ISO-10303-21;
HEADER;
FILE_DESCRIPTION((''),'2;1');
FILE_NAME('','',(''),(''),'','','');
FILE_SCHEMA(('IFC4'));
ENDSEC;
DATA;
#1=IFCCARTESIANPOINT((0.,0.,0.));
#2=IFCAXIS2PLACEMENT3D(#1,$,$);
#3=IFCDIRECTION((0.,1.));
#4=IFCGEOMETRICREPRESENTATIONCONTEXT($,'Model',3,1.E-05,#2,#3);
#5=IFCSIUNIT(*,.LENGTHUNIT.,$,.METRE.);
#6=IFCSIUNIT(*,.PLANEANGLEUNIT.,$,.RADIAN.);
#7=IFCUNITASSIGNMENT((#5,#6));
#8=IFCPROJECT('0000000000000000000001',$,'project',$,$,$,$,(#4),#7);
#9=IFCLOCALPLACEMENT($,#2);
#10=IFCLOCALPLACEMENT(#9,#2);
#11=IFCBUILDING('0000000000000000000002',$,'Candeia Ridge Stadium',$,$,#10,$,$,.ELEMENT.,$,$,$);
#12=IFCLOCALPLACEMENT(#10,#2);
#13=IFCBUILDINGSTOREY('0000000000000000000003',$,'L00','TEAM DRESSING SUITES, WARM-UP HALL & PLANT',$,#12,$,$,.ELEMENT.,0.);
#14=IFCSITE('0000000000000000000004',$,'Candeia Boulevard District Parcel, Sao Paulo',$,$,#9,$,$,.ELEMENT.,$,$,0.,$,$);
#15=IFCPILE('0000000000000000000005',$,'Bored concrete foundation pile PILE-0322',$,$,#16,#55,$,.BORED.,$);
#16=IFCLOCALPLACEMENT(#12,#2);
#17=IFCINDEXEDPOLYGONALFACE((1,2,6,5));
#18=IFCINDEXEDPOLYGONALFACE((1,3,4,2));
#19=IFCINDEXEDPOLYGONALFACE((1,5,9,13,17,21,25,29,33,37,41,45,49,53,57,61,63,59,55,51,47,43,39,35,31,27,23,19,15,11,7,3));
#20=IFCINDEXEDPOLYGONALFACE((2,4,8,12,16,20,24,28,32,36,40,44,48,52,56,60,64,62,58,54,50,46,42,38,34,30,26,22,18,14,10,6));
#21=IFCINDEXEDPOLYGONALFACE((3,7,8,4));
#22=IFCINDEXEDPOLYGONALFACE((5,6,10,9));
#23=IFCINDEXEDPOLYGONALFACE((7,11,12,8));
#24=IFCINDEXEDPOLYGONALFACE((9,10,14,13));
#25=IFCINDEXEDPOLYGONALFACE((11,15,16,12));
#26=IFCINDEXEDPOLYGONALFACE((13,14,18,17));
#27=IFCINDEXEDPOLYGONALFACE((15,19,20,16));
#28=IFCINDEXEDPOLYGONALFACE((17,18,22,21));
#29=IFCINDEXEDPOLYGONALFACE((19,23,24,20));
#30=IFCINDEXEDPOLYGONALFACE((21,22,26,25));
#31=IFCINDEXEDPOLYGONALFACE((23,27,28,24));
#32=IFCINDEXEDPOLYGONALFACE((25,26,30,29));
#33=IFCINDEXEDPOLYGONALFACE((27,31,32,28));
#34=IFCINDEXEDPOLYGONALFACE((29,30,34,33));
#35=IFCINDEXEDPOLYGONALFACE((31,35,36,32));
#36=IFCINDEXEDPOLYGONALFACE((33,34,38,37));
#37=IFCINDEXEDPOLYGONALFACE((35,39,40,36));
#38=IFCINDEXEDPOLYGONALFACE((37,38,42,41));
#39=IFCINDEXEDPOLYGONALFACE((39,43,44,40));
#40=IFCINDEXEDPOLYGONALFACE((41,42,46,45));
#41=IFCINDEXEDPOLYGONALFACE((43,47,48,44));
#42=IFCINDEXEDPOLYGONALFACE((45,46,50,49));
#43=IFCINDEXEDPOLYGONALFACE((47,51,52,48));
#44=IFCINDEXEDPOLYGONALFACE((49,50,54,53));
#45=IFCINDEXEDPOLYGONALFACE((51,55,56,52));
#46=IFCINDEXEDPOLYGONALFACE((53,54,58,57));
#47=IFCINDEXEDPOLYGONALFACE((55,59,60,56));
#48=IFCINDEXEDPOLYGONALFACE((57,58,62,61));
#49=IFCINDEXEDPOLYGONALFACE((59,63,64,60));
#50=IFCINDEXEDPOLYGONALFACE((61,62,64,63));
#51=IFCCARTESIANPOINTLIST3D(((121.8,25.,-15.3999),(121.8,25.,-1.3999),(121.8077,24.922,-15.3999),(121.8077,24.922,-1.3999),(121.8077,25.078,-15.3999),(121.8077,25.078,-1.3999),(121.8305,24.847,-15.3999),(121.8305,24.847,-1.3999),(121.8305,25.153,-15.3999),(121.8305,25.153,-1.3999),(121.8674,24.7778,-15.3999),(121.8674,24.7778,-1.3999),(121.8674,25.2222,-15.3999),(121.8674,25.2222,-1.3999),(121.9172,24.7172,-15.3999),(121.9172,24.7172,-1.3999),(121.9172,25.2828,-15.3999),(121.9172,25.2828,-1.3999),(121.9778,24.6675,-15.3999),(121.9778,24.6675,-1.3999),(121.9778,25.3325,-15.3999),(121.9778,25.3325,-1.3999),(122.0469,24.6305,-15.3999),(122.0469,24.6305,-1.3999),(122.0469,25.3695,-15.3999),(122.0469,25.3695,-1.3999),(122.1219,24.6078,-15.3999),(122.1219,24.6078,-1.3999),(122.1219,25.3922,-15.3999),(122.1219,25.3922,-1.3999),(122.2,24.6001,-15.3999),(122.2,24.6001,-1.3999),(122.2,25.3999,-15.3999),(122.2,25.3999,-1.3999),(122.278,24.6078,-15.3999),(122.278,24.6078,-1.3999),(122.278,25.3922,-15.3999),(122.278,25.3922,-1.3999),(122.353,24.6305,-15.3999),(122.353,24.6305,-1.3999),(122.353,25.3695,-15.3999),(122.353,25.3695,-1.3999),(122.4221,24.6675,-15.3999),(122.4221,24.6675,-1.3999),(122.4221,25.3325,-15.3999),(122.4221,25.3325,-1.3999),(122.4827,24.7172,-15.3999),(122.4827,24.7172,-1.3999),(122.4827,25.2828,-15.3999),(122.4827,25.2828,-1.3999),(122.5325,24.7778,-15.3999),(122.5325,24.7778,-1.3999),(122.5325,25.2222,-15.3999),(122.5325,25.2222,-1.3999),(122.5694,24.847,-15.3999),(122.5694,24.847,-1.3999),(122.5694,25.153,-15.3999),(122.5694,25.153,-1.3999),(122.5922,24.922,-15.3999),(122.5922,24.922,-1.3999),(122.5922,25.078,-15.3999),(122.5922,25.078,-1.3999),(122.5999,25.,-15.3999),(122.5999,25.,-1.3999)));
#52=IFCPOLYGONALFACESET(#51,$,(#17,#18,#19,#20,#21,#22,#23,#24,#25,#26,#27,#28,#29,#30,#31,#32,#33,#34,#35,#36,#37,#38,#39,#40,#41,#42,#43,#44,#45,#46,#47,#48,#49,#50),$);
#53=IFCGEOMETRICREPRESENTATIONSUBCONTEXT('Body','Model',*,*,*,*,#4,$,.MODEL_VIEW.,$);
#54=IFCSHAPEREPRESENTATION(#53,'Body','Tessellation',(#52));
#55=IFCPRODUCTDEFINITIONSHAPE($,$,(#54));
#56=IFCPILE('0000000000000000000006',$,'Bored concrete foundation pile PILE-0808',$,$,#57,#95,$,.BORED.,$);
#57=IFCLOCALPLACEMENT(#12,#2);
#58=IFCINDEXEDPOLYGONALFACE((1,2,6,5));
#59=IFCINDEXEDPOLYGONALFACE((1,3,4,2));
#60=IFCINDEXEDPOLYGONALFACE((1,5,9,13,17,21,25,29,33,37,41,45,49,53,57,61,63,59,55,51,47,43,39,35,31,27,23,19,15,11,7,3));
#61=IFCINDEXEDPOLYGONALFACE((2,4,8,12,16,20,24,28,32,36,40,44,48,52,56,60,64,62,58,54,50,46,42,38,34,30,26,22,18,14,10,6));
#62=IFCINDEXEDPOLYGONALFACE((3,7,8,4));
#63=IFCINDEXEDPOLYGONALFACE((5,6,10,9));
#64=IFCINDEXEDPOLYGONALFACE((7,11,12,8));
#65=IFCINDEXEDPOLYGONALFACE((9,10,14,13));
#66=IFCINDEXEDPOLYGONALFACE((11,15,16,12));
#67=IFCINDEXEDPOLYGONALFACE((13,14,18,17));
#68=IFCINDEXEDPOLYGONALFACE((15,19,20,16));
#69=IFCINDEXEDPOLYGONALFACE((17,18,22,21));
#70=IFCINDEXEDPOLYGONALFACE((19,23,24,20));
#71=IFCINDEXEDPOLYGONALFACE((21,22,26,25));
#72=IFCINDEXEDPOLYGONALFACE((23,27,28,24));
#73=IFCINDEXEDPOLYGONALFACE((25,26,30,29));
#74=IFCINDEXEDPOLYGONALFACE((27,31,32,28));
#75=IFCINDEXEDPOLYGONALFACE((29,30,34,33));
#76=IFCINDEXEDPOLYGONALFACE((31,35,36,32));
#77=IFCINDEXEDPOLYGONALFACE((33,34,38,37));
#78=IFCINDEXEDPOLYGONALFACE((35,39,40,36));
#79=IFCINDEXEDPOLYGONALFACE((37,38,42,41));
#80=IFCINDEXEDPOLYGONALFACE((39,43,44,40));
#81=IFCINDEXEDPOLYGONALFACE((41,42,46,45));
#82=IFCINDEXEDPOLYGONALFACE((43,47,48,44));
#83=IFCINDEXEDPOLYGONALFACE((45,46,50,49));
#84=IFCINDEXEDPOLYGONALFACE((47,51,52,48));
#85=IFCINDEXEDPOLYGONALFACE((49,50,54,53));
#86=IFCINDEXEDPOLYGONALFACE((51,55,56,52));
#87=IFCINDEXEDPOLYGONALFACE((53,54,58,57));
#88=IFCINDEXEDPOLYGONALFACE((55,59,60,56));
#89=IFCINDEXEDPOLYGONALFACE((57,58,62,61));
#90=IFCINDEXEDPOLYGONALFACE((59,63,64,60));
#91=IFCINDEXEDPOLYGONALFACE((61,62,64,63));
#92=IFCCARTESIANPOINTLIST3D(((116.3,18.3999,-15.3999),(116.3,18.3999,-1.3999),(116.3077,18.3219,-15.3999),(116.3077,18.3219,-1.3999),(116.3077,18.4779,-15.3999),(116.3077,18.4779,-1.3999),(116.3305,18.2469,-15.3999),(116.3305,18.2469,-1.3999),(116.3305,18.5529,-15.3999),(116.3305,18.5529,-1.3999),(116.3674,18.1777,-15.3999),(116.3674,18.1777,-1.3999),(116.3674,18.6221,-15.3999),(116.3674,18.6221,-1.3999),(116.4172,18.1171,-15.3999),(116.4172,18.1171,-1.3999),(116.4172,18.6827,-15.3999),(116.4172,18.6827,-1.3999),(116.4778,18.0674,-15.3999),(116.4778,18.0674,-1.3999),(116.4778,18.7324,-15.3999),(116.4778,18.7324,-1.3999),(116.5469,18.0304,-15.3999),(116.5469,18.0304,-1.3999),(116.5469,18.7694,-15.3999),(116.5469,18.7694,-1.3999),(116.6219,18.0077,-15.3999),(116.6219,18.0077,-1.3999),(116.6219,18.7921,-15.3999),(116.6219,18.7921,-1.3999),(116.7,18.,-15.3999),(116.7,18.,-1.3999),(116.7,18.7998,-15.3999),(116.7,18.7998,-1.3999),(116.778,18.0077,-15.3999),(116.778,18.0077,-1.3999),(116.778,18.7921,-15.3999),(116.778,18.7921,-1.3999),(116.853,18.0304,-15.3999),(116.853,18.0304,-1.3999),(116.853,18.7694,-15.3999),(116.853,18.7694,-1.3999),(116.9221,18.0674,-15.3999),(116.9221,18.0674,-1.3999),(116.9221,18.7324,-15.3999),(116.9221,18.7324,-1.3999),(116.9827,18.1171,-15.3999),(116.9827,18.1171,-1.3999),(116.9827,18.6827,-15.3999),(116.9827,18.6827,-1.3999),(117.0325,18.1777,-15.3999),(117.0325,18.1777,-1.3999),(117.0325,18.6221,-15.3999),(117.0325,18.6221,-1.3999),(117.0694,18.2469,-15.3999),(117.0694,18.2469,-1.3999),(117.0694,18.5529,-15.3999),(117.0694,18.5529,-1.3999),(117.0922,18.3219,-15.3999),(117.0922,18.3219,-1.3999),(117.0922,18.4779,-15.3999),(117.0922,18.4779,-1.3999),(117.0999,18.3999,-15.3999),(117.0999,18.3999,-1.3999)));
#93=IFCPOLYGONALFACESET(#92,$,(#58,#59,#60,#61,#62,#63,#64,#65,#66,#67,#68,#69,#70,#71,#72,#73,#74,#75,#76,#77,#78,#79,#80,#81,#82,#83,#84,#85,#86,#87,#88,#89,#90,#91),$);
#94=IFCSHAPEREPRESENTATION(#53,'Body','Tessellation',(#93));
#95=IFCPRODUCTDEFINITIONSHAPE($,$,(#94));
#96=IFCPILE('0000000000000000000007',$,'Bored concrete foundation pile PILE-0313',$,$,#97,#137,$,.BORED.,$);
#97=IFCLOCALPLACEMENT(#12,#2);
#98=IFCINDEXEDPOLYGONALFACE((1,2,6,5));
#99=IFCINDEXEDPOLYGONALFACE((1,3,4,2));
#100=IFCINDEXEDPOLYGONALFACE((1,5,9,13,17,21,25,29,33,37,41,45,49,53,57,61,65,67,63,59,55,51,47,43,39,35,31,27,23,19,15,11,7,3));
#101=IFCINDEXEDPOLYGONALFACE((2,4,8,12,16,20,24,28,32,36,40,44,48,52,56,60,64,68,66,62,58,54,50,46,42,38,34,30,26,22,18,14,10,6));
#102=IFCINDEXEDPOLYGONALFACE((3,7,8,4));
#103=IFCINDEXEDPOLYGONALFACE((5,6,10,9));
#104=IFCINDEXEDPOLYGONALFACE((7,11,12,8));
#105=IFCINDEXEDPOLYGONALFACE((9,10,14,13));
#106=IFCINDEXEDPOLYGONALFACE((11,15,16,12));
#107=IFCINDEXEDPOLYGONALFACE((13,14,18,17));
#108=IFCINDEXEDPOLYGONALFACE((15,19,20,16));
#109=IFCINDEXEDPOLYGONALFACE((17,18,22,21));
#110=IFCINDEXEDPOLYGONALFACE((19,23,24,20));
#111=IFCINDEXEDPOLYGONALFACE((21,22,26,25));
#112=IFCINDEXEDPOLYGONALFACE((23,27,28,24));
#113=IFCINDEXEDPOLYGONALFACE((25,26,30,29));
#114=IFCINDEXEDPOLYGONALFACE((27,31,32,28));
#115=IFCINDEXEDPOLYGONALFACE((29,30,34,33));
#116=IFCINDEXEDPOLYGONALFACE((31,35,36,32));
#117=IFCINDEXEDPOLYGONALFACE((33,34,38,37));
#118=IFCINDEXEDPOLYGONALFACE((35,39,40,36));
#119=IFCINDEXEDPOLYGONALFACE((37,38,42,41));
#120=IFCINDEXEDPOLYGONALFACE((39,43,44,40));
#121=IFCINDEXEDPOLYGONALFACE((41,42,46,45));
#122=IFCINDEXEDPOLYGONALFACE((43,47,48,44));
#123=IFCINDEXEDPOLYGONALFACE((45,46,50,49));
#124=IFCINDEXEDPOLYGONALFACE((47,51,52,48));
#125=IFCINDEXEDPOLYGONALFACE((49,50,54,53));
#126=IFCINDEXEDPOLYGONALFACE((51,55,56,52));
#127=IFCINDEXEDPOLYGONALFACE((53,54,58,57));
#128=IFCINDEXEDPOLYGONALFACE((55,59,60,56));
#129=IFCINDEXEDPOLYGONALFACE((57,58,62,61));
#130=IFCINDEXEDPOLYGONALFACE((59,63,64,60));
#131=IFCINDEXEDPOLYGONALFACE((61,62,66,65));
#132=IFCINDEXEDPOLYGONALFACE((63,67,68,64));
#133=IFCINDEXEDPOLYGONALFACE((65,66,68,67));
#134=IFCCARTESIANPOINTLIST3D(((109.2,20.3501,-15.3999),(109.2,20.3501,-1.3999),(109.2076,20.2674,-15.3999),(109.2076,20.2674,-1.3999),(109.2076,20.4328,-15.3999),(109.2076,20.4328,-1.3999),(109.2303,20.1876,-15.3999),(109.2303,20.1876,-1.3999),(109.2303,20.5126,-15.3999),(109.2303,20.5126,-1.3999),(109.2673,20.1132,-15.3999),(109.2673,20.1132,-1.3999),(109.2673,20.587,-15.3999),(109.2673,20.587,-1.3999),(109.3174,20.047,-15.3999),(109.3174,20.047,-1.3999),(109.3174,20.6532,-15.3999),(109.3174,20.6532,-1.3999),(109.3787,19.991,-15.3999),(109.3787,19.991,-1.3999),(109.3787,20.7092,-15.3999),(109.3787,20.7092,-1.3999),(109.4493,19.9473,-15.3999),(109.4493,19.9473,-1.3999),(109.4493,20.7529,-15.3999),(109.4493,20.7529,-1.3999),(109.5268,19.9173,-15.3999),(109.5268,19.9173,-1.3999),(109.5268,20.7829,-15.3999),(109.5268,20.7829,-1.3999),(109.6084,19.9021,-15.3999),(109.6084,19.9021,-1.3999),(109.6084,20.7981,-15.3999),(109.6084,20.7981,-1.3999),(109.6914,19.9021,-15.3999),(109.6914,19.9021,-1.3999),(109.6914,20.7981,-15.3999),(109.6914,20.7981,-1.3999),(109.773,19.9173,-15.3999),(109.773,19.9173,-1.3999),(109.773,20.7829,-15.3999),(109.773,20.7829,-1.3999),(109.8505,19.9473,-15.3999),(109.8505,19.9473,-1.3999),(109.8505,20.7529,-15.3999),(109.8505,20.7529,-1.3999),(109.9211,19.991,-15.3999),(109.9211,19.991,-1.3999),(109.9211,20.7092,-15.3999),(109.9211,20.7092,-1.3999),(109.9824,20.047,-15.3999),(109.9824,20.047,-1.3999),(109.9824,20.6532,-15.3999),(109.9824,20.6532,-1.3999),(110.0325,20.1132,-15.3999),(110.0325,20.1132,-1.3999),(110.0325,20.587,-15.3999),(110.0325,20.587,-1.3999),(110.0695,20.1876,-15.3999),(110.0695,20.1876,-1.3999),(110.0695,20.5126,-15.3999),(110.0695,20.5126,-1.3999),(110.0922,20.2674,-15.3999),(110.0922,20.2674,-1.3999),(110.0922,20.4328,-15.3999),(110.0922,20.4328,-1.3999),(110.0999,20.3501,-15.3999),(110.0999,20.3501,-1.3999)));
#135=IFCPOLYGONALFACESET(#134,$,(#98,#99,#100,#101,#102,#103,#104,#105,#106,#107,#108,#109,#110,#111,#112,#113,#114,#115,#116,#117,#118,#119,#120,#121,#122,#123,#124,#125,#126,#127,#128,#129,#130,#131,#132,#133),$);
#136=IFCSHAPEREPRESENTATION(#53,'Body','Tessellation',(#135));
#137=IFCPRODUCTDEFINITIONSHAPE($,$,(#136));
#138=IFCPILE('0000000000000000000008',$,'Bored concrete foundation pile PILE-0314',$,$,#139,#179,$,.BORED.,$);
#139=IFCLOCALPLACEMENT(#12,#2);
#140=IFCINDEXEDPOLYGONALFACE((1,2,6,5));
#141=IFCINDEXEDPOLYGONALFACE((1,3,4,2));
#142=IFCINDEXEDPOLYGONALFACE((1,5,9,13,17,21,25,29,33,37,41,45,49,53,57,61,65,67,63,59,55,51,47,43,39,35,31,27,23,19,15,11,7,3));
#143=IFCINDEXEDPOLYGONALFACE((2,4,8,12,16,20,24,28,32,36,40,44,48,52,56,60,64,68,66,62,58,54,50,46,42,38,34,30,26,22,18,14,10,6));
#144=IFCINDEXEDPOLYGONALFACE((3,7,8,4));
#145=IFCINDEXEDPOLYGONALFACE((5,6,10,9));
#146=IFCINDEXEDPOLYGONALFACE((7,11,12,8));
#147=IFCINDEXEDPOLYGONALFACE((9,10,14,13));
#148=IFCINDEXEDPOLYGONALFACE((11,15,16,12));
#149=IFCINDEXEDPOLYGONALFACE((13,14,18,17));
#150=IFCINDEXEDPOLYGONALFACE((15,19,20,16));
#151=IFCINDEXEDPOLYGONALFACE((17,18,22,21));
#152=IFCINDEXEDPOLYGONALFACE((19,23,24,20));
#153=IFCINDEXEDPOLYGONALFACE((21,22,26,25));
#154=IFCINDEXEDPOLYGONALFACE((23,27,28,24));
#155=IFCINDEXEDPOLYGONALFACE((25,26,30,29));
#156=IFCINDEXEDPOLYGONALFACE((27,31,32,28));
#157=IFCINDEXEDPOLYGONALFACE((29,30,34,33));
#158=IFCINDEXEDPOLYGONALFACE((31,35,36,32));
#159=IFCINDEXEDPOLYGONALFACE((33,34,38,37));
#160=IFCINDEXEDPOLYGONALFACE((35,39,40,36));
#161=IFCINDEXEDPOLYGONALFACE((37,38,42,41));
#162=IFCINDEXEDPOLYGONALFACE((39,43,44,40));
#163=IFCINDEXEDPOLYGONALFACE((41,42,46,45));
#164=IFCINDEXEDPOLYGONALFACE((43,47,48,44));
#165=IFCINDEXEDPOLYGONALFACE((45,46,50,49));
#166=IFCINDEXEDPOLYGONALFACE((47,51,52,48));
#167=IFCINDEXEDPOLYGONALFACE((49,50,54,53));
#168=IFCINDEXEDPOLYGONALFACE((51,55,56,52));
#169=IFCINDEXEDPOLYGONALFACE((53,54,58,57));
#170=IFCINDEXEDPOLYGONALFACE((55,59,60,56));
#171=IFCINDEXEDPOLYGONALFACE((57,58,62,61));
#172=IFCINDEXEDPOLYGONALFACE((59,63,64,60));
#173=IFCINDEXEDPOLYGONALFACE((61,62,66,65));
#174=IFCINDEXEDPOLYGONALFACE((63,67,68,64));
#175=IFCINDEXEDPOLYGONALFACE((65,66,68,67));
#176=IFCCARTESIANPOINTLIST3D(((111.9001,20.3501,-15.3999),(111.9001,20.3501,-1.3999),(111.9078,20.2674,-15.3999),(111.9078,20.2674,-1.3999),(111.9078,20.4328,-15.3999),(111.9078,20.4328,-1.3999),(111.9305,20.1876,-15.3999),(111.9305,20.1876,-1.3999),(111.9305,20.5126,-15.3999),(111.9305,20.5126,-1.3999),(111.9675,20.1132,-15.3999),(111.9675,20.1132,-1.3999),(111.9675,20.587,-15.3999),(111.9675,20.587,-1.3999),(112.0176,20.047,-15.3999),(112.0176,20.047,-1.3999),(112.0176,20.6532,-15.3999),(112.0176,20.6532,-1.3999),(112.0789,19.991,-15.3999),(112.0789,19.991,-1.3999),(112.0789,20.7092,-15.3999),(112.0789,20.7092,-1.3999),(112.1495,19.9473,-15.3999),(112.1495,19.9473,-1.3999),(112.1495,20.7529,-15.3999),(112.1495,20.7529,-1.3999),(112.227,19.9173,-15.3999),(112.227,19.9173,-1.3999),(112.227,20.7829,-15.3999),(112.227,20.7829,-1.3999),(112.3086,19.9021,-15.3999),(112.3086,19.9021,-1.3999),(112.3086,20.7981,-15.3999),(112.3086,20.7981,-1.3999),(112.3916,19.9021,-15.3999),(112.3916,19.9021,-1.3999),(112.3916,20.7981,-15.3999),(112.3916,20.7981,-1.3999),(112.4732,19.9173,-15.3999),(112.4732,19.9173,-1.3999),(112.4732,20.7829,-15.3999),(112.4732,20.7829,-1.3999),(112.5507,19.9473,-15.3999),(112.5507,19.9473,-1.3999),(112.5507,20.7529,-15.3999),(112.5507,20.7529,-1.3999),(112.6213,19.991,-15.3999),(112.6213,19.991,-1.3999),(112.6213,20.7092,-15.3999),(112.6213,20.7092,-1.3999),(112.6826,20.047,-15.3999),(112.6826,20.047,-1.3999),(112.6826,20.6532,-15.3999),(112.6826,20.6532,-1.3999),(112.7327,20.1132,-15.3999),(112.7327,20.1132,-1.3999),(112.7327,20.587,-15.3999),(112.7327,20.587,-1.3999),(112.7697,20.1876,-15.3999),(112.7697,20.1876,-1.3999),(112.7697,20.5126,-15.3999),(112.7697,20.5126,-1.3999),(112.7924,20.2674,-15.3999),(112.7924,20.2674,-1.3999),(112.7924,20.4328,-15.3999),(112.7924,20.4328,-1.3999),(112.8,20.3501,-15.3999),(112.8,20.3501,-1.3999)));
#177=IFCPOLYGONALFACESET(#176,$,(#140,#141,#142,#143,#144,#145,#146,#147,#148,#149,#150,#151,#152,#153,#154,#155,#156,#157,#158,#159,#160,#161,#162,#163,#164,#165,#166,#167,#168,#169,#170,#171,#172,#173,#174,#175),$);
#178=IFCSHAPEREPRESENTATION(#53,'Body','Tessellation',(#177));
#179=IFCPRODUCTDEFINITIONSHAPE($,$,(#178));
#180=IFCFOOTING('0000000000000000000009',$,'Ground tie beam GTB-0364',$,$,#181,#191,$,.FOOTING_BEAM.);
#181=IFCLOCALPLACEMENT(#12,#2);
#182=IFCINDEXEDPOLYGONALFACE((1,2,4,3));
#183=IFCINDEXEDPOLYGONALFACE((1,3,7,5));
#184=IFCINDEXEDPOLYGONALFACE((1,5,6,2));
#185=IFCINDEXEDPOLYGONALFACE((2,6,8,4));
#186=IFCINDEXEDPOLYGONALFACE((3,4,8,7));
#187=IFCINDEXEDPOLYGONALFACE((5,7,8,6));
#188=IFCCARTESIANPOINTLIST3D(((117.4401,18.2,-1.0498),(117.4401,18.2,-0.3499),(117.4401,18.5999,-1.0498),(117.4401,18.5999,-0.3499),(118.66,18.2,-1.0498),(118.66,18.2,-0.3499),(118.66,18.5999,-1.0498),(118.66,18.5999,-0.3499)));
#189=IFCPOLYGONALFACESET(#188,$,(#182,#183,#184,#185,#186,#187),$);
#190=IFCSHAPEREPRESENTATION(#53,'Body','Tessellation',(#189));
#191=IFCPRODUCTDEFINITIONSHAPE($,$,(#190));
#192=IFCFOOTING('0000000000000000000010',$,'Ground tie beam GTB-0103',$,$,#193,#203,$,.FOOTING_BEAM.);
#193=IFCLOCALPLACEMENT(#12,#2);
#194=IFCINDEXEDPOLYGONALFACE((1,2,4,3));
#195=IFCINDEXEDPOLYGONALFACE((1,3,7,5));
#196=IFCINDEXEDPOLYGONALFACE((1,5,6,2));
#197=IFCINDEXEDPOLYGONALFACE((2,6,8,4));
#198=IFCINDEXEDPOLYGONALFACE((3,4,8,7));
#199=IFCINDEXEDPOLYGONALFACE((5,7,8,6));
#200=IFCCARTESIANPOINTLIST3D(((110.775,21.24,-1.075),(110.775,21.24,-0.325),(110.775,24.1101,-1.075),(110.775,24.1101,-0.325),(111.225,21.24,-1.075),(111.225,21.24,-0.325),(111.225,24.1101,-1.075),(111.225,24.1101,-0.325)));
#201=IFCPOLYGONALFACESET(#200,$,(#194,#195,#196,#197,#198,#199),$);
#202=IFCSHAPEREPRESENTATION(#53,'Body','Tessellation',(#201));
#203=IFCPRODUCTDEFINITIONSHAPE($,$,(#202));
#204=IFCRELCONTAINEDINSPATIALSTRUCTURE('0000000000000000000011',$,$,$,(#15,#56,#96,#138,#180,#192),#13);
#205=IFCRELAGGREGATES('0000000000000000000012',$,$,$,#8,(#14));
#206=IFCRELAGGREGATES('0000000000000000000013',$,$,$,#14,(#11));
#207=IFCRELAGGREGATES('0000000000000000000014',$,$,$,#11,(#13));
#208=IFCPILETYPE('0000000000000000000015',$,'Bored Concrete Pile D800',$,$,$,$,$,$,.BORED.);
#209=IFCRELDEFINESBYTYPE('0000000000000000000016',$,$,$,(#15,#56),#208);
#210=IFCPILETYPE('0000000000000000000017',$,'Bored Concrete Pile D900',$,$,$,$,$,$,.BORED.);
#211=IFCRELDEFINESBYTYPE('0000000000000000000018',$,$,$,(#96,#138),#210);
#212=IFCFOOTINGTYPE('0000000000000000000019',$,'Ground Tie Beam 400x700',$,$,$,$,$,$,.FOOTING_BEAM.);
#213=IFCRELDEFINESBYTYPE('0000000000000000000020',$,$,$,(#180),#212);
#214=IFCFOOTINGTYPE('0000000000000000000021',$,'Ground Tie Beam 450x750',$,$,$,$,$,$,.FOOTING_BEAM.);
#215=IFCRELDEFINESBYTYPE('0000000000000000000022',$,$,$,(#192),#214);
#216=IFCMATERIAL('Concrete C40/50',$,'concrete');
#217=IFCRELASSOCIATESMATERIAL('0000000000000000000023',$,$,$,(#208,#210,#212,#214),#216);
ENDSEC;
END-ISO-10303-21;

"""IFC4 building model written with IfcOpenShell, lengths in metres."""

from ifc_helpers import new_model, si_unit, direction, frame, origin, origin_2d, place, context, subcontext, project, spatial, rectangle, circle, extrude, material, material_profile, profile_set, type_object, element, save


model = new_model("IFC4")

# Units and contexts
model_context = context("Model", 3, precision=1e-05, world=origin(), true_north=direction((0.0, 1.0)))
body_context = subcontext(model_context, "Body", "Model", "MODEL_VIEW")
ifc_project = project(units=[si_unit("LENGTHUNIT", "METRE"), si_unit("PLANEANGLEUNIT", "RADIAN")], contexts=[model_context])

# Site, building, storey
site_placement = place(None, origin())
site = spatial("IfcSite", under=ifc_project, at=site_placement, Name="Candeia Boulevard District Parcel, Sao Paulo", CompositionType="ELEMENT", RefElevation=0.0)
building_placement = place(site_placement, origin())
building = spatial("IfcBuilding", under=site, at=building_placement, Name="Candeia Ridge Stadium", CompositionType="ELEMENT")
storey_placement = place(building_placement, origin())
storey = spatial("IfcBuildingStorey", under=building, at=storey_placement, Name="L00", Description="TEAM DRESSING SUITES, WARM-UP HALL & PLANT", CompositionType="ELEMENT", Elevation=0.0)

# Piles
ifc_material_1 = material(Name="Concrete C40/50", Category="concrete")
ifc_material_profile_1 = material_profile(ifc_material_1, circle(Radius=0.3999, at=origin_2d()), Name="PILE-D800", Category="concrete")
ifc_profile_set_1 = profile_set([ifc_material_profile_1], Name="Concrete C40/50")
pile_type_1 = type_object("IfcPileType", Name="Bored Concrete Pile D800", PredefinedType="BORED", material=ifc_profile_set_1)
for number, where, z_axis, x_axis, name in (
    (1, (122.2, 25.0, -1.3999), (0.0, 0.0, -1.0), (1.0, 0.0, 0.0), "Bored concrete foundation pile PILE-0322"),
    (2, (116.7, 18.3999, -1.3999), (0.0, 0.0, -1.0), (1.0, 0.0, 0.0), "Bored concrete foundation pile PILE-0808"),
):
    element("IfcPile", number, at=place(storey_placement, frame(where, z_axis=z_axis, x_axis=x_axis)), inside=storey, type_object=pile_type_1, Name=name, PredefinedType="BORED", context=body_context, shape_type="SweptSolid", body=[
        extrude(circle(Radius=0.3999, at=origin_2d()), origin(), (0.0, 0.0, 1.0), 14.0),
    ])
ifc_material_profile_2 = material_profile(ifc_material_1, circle(Radius=0.45, at=origin_2d()), Name="PILE-D900", Category="concrete")
ifc_profile_set_2 = profile_set([ifc_material_profile_2], Name="Concrete C40/50")
pile_type_2 = type_object("IfcPileType", Name="Bored Concrete Pile D900", PredefinedType="BORED", material=ifc_profile_set_2)
for number, where, z_axis, x_axis, name in (
    (3, (109.6499, 20.3501, -1.3999), (0.0, 0.0, -1.0), (1.0, 0.0, 0.0), "Bored concrete foundation pile PILE-0313"),
    (4, (112.3501, 20.3501, -1.3999), (0.0, 0.0, -1.0), (1.0, 0.0, 0.0), "Bored concrete foundation pile PILE-0314"),
):
    element("IfcPile", number, at=place(storey_placement, frame(where, z_axis=z_axis, x_axis=x_axis)), inside=storey, type_object=pile_type_2, Name=name, PredefinedType="BORED", context=body_context, shape_type="SweptSolid", body=[
        extrude(circle(Radius=0.45, at=origin_2d()), origin(), (0.0, 0.0, 1.0), 14.0),
    ])

# Footings
footing_type_1 = type_object("IfcFootingType", Name="Ground Tie Beam 400x700", PredefinedType="FOOTING_BEAM", material=ifc_material_1)
footing_1_placement = place(storey_placement, frame((118.05, 18.3999, -1.0498), z_axis=(0.0, 0.0, 1.0), x_axis=(1.0, 0.0, 0.0)))
element("IfcFooting", 5, at=footing_1_placement, inside=storey, type_object=footing_type_1, Name="Ground tie beam GTB-0364", PredefinedType="FOOTING_BEAM", context=body_context, shape_type="SweptSolid", body=[
    extrude(rectangle(XDim=1.22, YDim=0.3999, at=origin_2d()), origin(), (0.0, 0.0, 1.0), 0.7),
])
footing_type_2 = type_object("IfcFootingType", Name="Ground Tie Beam 450x750", PredefinedType="FOOTING_BEAM", material=ifc_material_1)
footing_2_placement = place(storey_placement, frame((111.0, 22.675, -1.075), z_axis=(0.0, 0.0, 1.0), x_axis=(0.0, -1.0, 0.0)))
element("IfcFooting", 6, at=footing_2_placement, inside=storey, type_object=footing_type_2, Name="Ground tie beam GTB-0103", PredefinedType="FOOTING_BEAM", context=body_context, shape_type="SweptSolid", body=[
    extrude(rectangle(XDim=2.8701, YDim=0.45, at=origin_2d()), origin(), (0.0, 0.0, 1.0), 0.75),
])

save(model, "model.ifc")
